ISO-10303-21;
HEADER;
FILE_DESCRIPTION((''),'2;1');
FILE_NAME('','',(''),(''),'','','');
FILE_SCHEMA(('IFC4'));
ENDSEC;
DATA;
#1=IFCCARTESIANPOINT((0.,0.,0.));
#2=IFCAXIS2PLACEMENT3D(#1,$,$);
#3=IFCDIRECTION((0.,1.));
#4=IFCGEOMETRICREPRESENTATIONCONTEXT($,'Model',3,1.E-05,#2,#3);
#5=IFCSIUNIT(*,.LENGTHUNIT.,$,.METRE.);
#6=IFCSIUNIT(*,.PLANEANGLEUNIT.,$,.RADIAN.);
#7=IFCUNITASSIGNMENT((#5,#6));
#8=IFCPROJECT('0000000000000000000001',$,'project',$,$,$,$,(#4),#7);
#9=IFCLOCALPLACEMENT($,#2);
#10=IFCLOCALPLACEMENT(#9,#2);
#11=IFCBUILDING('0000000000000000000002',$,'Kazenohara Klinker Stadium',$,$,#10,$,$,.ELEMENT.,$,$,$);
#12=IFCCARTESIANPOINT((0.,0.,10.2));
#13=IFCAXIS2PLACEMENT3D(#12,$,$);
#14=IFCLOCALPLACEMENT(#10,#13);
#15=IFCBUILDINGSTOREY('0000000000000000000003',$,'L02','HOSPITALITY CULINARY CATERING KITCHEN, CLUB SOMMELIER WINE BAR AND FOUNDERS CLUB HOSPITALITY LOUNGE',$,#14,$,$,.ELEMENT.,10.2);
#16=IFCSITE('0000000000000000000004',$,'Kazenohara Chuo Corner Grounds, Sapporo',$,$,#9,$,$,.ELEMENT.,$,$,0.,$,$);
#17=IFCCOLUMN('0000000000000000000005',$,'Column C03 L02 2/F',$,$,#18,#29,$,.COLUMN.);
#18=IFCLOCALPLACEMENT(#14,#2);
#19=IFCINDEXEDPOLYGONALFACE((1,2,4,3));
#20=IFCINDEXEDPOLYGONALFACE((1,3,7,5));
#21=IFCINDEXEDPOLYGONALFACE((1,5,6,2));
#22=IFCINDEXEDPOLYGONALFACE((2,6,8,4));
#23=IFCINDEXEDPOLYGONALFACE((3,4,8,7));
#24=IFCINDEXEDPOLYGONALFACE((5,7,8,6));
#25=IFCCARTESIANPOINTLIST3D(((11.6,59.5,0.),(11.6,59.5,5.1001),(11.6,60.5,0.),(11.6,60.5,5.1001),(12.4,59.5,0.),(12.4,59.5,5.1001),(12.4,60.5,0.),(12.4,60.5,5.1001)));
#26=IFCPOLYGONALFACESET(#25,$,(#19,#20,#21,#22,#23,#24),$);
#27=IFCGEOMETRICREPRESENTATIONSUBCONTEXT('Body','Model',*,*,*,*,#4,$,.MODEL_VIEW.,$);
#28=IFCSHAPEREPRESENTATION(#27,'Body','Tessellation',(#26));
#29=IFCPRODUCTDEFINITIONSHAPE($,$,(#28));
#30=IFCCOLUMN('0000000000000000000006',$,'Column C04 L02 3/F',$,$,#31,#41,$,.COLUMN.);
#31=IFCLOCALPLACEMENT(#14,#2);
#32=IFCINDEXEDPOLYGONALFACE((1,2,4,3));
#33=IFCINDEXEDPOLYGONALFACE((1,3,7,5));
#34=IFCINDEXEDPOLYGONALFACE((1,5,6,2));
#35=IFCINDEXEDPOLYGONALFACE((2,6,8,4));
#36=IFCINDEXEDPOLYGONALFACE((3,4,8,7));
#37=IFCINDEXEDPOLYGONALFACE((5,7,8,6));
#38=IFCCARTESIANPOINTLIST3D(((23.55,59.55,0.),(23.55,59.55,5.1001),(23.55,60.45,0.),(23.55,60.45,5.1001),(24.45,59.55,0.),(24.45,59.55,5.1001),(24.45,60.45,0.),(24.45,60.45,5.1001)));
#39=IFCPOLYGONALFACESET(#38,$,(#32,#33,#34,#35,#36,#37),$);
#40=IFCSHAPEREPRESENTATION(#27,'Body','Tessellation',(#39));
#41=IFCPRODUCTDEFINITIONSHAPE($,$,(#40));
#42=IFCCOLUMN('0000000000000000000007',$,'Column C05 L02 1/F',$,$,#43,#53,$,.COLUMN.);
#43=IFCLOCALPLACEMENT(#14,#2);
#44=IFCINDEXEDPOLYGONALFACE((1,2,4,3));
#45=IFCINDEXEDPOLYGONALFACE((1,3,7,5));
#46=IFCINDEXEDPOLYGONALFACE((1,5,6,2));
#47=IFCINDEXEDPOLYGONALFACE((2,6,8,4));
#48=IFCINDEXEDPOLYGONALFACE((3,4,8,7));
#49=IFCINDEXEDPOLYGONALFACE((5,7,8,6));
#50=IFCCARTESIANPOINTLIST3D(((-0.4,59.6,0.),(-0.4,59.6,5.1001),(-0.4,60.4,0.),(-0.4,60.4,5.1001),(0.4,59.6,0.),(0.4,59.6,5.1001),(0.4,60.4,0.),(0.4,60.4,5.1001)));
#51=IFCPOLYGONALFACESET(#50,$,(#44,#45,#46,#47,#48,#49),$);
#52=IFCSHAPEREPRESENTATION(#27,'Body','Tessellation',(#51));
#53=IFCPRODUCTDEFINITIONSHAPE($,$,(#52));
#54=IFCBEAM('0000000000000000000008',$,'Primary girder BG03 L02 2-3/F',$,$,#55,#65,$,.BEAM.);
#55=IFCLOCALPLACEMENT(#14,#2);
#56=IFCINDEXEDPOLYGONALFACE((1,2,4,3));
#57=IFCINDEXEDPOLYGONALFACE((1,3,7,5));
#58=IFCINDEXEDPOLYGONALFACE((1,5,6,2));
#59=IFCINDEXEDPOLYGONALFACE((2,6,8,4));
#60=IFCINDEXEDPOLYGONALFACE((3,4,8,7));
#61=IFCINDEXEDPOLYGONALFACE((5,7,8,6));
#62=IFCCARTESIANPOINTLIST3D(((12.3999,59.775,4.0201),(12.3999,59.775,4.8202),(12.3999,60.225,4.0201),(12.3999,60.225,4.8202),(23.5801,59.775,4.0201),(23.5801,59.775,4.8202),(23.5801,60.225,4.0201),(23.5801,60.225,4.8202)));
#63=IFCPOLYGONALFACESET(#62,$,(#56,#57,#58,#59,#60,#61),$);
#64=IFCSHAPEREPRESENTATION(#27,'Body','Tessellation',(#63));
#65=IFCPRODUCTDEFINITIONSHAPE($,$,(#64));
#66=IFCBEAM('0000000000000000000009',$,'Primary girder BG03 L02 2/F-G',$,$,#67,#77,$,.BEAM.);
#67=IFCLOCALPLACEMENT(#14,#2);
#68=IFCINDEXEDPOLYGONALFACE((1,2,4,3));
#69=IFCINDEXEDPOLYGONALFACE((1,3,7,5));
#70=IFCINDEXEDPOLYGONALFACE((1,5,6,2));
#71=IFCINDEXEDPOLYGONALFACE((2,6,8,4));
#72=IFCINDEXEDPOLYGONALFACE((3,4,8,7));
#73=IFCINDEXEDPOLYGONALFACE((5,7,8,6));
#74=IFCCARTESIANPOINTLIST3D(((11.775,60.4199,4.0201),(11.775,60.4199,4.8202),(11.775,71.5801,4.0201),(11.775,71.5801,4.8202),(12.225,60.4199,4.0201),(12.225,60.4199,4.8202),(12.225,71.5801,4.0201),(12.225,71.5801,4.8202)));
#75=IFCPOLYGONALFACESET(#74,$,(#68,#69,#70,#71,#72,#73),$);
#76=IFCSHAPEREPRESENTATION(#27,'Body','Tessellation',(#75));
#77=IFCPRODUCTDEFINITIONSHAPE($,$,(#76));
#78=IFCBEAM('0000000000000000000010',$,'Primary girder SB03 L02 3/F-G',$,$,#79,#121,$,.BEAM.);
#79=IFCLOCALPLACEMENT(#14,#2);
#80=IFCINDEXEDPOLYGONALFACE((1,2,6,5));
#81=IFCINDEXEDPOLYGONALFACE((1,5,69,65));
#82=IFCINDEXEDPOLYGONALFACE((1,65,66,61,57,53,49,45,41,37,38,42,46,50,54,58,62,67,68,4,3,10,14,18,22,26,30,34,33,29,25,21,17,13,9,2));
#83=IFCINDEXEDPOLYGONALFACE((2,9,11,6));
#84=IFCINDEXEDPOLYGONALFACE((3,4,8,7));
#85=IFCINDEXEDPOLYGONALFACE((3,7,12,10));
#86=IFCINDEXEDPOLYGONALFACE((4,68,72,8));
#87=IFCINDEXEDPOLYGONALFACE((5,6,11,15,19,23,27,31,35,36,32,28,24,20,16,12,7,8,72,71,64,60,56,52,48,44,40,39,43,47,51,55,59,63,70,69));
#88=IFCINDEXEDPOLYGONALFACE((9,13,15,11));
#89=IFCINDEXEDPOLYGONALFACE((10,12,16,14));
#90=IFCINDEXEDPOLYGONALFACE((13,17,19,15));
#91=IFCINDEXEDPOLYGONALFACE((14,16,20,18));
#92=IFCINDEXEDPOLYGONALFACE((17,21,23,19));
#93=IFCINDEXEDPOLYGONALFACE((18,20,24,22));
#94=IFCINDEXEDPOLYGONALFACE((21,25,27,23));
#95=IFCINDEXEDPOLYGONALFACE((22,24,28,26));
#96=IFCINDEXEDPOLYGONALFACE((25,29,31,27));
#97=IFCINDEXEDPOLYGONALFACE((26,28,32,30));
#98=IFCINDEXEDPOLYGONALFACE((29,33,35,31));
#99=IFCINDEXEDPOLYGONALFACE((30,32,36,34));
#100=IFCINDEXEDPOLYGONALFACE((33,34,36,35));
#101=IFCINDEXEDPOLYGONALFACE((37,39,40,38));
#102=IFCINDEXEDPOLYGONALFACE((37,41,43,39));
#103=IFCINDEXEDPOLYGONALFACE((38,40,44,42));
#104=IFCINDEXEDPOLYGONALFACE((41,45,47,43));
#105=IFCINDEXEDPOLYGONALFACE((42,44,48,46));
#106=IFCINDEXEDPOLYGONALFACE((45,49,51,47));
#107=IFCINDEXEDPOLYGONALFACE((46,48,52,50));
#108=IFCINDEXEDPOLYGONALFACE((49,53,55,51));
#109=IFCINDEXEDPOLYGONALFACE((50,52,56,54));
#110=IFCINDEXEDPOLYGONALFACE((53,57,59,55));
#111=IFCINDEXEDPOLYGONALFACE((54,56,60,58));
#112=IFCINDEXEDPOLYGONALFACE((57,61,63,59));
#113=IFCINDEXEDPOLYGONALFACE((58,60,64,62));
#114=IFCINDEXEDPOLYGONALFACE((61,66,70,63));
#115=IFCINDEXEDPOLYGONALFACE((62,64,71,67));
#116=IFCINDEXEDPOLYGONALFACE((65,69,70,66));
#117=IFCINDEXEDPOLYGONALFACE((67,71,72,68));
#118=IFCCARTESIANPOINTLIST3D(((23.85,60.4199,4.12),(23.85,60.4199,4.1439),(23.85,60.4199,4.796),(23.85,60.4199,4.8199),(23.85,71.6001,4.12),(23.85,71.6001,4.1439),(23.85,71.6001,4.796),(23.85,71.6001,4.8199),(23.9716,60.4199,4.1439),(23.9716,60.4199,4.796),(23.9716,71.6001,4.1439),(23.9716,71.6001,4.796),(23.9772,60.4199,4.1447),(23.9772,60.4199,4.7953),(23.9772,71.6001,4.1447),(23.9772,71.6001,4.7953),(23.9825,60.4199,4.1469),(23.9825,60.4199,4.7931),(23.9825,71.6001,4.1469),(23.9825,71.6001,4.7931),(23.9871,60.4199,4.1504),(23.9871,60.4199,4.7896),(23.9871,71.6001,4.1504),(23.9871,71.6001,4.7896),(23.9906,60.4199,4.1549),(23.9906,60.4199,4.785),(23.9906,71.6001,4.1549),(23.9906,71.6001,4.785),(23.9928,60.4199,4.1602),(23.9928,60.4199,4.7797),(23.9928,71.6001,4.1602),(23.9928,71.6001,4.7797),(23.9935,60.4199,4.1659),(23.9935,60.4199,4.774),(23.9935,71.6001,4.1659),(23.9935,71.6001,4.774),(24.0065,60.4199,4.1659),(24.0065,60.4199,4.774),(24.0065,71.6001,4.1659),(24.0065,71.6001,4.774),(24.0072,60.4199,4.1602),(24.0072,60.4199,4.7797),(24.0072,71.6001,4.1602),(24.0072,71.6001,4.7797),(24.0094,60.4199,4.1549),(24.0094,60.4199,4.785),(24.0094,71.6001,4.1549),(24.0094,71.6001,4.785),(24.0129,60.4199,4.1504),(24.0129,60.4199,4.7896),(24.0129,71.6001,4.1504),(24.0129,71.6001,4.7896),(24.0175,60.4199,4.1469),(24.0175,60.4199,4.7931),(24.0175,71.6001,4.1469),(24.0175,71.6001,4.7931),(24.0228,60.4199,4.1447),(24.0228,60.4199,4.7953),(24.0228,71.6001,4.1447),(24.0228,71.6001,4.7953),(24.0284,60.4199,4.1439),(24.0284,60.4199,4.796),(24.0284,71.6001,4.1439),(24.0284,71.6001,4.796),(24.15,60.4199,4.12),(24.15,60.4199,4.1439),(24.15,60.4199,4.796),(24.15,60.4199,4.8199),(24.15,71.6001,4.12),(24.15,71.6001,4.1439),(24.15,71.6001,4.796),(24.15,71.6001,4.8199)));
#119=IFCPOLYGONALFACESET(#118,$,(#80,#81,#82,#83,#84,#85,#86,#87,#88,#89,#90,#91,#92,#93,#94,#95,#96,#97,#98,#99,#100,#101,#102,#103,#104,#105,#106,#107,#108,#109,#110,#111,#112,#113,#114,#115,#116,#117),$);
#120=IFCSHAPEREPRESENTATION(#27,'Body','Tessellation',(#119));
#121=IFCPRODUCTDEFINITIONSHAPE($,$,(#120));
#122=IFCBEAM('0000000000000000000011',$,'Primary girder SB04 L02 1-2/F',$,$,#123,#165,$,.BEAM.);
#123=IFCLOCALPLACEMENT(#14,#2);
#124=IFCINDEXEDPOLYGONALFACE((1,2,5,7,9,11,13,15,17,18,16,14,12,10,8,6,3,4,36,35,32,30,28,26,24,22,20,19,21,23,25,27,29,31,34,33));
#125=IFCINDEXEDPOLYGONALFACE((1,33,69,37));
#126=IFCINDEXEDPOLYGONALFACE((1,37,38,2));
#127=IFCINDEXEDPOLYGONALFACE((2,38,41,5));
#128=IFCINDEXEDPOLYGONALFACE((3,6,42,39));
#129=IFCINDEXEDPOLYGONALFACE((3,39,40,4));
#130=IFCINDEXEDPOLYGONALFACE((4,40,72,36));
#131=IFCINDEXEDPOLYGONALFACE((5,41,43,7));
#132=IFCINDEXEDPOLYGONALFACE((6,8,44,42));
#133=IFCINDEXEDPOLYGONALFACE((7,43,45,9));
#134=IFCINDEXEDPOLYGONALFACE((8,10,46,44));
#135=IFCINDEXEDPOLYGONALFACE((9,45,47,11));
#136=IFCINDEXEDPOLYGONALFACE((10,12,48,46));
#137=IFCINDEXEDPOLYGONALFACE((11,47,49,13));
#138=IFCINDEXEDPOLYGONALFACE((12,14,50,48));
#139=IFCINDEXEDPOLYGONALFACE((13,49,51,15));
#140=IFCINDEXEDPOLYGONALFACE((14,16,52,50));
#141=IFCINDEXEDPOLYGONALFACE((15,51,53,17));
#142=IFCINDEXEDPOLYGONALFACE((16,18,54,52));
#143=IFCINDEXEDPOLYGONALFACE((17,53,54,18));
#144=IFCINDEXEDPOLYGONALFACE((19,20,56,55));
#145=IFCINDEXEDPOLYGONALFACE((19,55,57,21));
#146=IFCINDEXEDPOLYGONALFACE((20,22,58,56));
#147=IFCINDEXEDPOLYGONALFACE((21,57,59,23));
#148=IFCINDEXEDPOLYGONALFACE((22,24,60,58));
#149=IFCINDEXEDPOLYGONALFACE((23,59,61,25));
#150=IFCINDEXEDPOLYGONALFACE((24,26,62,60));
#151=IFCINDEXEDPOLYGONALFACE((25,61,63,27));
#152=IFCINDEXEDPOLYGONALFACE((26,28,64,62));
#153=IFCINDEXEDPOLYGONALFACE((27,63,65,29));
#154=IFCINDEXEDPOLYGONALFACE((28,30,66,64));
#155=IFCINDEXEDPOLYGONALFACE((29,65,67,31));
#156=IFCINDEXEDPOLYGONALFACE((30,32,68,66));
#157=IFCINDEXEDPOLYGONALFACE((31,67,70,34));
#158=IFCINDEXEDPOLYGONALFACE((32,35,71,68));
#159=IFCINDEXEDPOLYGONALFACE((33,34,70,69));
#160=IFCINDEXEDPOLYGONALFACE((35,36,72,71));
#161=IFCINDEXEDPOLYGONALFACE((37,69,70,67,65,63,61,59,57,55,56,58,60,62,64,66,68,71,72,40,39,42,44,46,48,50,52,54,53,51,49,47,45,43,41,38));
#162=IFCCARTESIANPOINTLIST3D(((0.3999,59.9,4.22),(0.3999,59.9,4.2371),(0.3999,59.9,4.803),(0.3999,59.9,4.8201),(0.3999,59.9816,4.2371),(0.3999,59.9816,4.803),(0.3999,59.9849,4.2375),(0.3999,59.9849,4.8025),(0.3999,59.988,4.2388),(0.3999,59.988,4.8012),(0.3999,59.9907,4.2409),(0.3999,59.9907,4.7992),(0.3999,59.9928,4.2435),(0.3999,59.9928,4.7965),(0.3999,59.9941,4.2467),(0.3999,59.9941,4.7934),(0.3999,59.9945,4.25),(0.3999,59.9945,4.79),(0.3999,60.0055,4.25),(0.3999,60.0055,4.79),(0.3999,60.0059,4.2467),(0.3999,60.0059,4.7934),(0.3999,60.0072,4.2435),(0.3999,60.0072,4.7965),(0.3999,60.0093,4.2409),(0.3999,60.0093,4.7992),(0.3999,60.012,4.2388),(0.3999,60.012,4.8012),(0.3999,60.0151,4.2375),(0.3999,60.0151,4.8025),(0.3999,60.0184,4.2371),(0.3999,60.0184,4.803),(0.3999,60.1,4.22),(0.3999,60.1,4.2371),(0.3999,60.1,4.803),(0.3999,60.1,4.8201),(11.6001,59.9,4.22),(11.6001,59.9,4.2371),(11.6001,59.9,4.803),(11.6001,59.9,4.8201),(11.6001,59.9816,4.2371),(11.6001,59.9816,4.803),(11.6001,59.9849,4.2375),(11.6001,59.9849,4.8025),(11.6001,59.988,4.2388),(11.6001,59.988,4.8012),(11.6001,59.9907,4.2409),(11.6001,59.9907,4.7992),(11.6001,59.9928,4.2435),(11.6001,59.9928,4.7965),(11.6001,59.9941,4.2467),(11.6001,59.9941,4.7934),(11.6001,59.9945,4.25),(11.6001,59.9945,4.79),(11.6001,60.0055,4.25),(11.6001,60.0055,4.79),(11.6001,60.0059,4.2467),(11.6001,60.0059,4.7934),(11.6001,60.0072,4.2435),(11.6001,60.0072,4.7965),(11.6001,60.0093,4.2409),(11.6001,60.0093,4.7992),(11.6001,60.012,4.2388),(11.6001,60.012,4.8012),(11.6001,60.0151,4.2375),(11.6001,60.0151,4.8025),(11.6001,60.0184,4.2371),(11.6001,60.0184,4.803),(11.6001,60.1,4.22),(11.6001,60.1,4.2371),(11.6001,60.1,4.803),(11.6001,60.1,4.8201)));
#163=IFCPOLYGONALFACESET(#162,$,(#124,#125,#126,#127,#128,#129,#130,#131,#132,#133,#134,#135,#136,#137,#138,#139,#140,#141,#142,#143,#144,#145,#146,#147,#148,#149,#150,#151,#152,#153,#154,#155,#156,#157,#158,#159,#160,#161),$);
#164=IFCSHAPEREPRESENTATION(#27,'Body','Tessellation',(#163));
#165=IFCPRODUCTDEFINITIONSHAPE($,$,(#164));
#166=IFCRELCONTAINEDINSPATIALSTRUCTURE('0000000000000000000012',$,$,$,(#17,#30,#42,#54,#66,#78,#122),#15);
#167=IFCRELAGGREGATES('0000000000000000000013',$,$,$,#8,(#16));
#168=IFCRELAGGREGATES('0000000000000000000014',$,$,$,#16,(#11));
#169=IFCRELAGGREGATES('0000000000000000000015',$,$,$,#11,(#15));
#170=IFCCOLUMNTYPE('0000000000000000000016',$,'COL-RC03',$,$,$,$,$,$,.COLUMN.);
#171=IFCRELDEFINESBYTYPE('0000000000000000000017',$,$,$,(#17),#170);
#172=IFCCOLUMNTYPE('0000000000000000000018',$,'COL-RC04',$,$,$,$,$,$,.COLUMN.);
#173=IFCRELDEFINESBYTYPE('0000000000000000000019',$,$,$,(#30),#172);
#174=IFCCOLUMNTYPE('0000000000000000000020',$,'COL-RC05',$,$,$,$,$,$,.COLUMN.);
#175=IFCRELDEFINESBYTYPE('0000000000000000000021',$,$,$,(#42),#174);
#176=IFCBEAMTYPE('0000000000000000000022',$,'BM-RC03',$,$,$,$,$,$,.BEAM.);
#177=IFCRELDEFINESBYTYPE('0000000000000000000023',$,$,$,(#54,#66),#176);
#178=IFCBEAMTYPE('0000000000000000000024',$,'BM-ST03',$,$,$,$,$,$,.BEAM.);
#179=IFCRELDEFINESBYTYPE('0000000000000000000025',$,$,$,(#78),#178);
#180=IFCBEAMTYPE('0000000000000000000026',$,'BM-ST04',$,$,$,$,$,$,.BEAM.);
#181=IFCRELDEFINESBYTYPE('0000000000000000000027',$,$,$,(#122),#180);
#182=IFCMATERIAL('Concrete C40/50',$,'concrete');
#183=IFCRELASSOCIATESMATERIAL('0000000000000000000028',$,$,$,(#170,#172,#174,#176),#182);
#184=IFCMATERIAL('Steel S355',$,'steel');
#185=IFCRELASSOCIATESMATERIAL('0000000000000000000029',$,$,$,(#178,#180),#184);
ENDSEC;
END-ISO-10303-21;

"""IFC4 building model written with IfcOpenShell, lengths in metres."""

from ifc_helpers import new_model, si_unit, direction, frame, origin, origin_2d, place, context, subcontext, project, spatial, rectangle, i_section, extrude, material, material_profile, profile_set, type_object, element, save


model = new_model("IFC4")

# Units and contexts
model_context = context("Model", 3, precision=1e-05, world=origin(), true_north=direction((0.0, 1.0)))
body_context = subcontext(model_context, "Body", "Model", "MODEL_VIEW")
ifc_project = project(units=[si_unit("LENGTHUNIT", "METRE"), si_unit("PLANEANGLEUNIT", "RADIAN")], contexts=[model_context])

# Site, building, storey
site_placement = place(None, origin())
site = spatial("IfcSite", under=ifc_project, at=site_placement, Name="Kazenohara Chuo Corner Grounds, Sapporo", CompositionType="ELEMENT", RefElevation=0.0)
building_placement = place(site_placement, origin())
building = spatial("IfcBuilding", under=site, at=building_placement, Name="Kazenohara Klinker Stadium", CompositionType="ELEMENT")
storey_placement = place(building_placement, frame((0.0, 0.0, 10.2)))
storey = spatial("IfcBuildingStorey", under=building, at=storey_placement, Name="L02", Description="HOSPITALITY CULINARY CATERING KITCHEN, CLUB SOMMELIER WINE BAR AND FOUNDERS CLUB HOSPITALITY LOUNGE", CompositionType="ELEMENT", Elevation=10.2)

# Columns
ifc_material_1 = material(Name="Concrete C40/50", Category="concrete")
ifc_material_profile_1 = material_profile(ifc_material_1, rectangle(XDim=0.8, YDim=1.0, at=origin_2d()), Name="RC-COL-1000x800")
ifc_profile_set_1 = profile_set([ifc_material_profile_1], Name="Concrete C40/50")
column_type_1 = type_object("IfcColumnType", Name="COL-RC03", PredefinedType="COLUMN", material=ifc_profile_set_1)
column_1_placement = place(storey_placement, frame((12.0, 60.0, 0.0), z_axis=(0.0, 0.0, 1.0), x_axis=(1.0, 0.0, 0.0)))
element("IfcColumn", 1, at=column_1_placement, inside=storey, type_object=column_type_1, Name="Column C03 L02 2/F", PredefinedType="COLUMN", context=body_context, shape_type="SweptSolid", body=[
    extrude(rectangle(XDim=0.8, YDim=1.0, at=origin_2d()), origin(), (0.0, 0.0, 1.0), 5.1001),
])
ifc_material_profile_2 = material_profile(ifc_material_1, rectangle(XDim=0.8999, YDim=0.8999, at=origin_2d()), Name="RC-COL-900x900")
ifc_profile_set_2 = profile_set([ifc_material_profile_2], Name="Concrete C40/50")
column_type_2 = type_object("IfcColumnType", Name="COL-RC04", PredefinedType="COLUMN", material=ifc_profile_set_2)
column_2_placement = place(storey_placement, frame((24.0, 60.0, 0.0), z_axis=(0.0, 0.0, 1.0), x_axis=(1.0, 0.0, 0.0)))
element("IfcColumn", 2, at=column_2_placement, inside=storey, type_object=column_type_2, Name="Column C04 L02 3/F", PredefinedType="COLUMN", context=body_context, shape_type="SweptSolid", body=[
    extrude(rectangle(XDim=0.8999, YDim=0.8999, at=origin_2d()), origin(), (0.0, 0.0, 1.0), 5.1001),
])
ifc_material_profile_3 = material_profile(ifc_material_1, rectangle(XDim=0.8, YDim=0.8, at=origin_2d()), Name="RC-COL-800x800")
ifc_profile_set_3 = profile_set([ifc_material_profile_3], Name="Concrete C40/50")
column_type_3 = type_object("IfcColumnType", Name="COL-RC05", PredefinedType="COLUMN", material=ifc_profile_set_3)
column_3_placement = place(storey_placement, frame((0.0, 60.0, 0.0), z_axis=(0.0, 0.0, 1.0), x_axis=(1.0, 0.0, 0.0)))
element("IfcColumn", 3, at=column_3_placement, inside=storey, type_object=column_type_3, Name="Column C05 L02 1/F", PredefinedType="COLUMN", context=body_context, shape_type="SweptSolid", body=[
    extrude(rectangle(XDim=0.8, YDim=0.8, at=origin_2d()), origin(), (0.0, 0.0, 1.0), 5.1001),
])

# Beams
ifc_material_profile_4 = material_profile(ifc_material_1, rectangle(XDim=0.45, YDim=0.8, at=origin_2d()), Name="RC-BM-450x800")
ifc_profile_set_4 = profile_set([ifc_material_profile_4], Name="Concrete C40/50")
beam_type_1 = type_object("IfcBeamType", Name="BM-RC03", PredefinedType="BEAM", material=ifc_profile_set_4)
beam_1_placement = place(storey_placement, frame((12.3999, 60.0, 4.4202), z_axis=(1.0, 0.0, 0.0), x_axis=(0.0, 1.0, 0.0)))
element("IfcBeam", 4, at=beam_1_placement, inside=storey, type_object=beam_type_1, Name="Primary girder BG03 L02 2-3/F", PredefinedType="BEAM", context=body_context, shape_type="SweptSolid", body=[
    extrude(rectangle(XDim=0.45, YDim=0.8, at=origin_2d()), origin(), (0.0, 0.0, 1.0), 11.1802),
])
beam_2_placement = place(storey_placement, frame((12.0, 60.4199, 4.4202), z_axis=(0.0, 1.0, 0.0), x_axis=(-1.0, 0.0, 0.0)))
element("IfcBeam", 5, at=beam_2_placement, inside=storey, type_object=beam_type_1, Name="Primary girder BG03 L02 2/F-G", PredefinedType="BEAM", context=body_context, shape_type="SweptSolid", body=[
    extrude(rectangle(XDim=0.45, YDim=0.8, at=origin_2d()), origin(), (0.0, 0.0, 1.0), 11.1602),
])
ifc_material_2 = material(Name="Steel S355", Category="steel")
ifc_material_profile_5 = material_profile(ifc_material_2, i_section(OverallWidth=0.3, OverallDepth=0.7, WebThickness=0.0129, FlangeThickness=0.0239, FilletRadius=0.022, at=origin_2d()), Name="H-700x300x13x24")
ifc_profile_set_5 = profile_set([ifc_material_profile_5], Name="Steel S355")
beam_type_2 = type_object("IfcBeamType", Name="BM-ST03", PredefinedType="BEAM", material=ifc_profile_set_5)
beam_3_placement = place(storey_placement, frame((24.0, 60.4199, 4.47), z_axis=(0.0, 1.0, 0.0), x_axis=(-1.0, 0.0, 0.0)))
element("IfcBeam", 6, at=beam_3_placement, inside=storey, type_object=beam_type_2, Name="Primary girder SB03 L02 3/F-G", PredefinedType="BEAM", context=body_context, shape_type="SweptSolid", body=[
    extrude(i_section(OverallWidth=0.3, OverallDepth=0.7, WebThickness=0.0129, FlangeThickness=0.0239, FilletRadius=0.022, at=origin_2d()), origin(), (0.0, 0.0, 1.0), 11.1802),
])
ifc_material_profile_6 = material_profile(ifc_material_2, i_section(OverallWidth=0.2, OverallDepth=0.6001, WebThickness=0.011, FlangeThickness=0.0171, FilletRadius=0.0129, at=origin_2d()), Name="H-600x200x11x17")
ifc_profile_set_6 = profile_set([ifc_material_profile_6], Name="Steel S355")
beam_type_3 = type_object("IfcBeamType", Name="BM-ST04", PredefinedType="BEAM", material=ifc_profile_set_6)
beam_4_placement = place(storey_placement, frame((0.3999, 60.0, 4.52), z_axis=(1.0, 0.0, 0.0), x_axis=(0.0, 1.0, 0.0)))
element("IfcBeam", 7, at=beam_4_placement, inside=storey, type_object=beam_type_3, Name="Primary girder SB04 L02 1-2/F", PredefinedType="BEAM", context=body_context, shape_type="SweptSolid", body=[
    extrude(i_section(OverallWidth=0.2, OverallDepth=0.6001, WebThickness=0.011, FlangeThickness=0.0171, FilletRadius=0.0129, at=origin_2d()), origin(), (0.0, 0.0, 1.0), 11.2002),
])

save(model, "model.ifc")
